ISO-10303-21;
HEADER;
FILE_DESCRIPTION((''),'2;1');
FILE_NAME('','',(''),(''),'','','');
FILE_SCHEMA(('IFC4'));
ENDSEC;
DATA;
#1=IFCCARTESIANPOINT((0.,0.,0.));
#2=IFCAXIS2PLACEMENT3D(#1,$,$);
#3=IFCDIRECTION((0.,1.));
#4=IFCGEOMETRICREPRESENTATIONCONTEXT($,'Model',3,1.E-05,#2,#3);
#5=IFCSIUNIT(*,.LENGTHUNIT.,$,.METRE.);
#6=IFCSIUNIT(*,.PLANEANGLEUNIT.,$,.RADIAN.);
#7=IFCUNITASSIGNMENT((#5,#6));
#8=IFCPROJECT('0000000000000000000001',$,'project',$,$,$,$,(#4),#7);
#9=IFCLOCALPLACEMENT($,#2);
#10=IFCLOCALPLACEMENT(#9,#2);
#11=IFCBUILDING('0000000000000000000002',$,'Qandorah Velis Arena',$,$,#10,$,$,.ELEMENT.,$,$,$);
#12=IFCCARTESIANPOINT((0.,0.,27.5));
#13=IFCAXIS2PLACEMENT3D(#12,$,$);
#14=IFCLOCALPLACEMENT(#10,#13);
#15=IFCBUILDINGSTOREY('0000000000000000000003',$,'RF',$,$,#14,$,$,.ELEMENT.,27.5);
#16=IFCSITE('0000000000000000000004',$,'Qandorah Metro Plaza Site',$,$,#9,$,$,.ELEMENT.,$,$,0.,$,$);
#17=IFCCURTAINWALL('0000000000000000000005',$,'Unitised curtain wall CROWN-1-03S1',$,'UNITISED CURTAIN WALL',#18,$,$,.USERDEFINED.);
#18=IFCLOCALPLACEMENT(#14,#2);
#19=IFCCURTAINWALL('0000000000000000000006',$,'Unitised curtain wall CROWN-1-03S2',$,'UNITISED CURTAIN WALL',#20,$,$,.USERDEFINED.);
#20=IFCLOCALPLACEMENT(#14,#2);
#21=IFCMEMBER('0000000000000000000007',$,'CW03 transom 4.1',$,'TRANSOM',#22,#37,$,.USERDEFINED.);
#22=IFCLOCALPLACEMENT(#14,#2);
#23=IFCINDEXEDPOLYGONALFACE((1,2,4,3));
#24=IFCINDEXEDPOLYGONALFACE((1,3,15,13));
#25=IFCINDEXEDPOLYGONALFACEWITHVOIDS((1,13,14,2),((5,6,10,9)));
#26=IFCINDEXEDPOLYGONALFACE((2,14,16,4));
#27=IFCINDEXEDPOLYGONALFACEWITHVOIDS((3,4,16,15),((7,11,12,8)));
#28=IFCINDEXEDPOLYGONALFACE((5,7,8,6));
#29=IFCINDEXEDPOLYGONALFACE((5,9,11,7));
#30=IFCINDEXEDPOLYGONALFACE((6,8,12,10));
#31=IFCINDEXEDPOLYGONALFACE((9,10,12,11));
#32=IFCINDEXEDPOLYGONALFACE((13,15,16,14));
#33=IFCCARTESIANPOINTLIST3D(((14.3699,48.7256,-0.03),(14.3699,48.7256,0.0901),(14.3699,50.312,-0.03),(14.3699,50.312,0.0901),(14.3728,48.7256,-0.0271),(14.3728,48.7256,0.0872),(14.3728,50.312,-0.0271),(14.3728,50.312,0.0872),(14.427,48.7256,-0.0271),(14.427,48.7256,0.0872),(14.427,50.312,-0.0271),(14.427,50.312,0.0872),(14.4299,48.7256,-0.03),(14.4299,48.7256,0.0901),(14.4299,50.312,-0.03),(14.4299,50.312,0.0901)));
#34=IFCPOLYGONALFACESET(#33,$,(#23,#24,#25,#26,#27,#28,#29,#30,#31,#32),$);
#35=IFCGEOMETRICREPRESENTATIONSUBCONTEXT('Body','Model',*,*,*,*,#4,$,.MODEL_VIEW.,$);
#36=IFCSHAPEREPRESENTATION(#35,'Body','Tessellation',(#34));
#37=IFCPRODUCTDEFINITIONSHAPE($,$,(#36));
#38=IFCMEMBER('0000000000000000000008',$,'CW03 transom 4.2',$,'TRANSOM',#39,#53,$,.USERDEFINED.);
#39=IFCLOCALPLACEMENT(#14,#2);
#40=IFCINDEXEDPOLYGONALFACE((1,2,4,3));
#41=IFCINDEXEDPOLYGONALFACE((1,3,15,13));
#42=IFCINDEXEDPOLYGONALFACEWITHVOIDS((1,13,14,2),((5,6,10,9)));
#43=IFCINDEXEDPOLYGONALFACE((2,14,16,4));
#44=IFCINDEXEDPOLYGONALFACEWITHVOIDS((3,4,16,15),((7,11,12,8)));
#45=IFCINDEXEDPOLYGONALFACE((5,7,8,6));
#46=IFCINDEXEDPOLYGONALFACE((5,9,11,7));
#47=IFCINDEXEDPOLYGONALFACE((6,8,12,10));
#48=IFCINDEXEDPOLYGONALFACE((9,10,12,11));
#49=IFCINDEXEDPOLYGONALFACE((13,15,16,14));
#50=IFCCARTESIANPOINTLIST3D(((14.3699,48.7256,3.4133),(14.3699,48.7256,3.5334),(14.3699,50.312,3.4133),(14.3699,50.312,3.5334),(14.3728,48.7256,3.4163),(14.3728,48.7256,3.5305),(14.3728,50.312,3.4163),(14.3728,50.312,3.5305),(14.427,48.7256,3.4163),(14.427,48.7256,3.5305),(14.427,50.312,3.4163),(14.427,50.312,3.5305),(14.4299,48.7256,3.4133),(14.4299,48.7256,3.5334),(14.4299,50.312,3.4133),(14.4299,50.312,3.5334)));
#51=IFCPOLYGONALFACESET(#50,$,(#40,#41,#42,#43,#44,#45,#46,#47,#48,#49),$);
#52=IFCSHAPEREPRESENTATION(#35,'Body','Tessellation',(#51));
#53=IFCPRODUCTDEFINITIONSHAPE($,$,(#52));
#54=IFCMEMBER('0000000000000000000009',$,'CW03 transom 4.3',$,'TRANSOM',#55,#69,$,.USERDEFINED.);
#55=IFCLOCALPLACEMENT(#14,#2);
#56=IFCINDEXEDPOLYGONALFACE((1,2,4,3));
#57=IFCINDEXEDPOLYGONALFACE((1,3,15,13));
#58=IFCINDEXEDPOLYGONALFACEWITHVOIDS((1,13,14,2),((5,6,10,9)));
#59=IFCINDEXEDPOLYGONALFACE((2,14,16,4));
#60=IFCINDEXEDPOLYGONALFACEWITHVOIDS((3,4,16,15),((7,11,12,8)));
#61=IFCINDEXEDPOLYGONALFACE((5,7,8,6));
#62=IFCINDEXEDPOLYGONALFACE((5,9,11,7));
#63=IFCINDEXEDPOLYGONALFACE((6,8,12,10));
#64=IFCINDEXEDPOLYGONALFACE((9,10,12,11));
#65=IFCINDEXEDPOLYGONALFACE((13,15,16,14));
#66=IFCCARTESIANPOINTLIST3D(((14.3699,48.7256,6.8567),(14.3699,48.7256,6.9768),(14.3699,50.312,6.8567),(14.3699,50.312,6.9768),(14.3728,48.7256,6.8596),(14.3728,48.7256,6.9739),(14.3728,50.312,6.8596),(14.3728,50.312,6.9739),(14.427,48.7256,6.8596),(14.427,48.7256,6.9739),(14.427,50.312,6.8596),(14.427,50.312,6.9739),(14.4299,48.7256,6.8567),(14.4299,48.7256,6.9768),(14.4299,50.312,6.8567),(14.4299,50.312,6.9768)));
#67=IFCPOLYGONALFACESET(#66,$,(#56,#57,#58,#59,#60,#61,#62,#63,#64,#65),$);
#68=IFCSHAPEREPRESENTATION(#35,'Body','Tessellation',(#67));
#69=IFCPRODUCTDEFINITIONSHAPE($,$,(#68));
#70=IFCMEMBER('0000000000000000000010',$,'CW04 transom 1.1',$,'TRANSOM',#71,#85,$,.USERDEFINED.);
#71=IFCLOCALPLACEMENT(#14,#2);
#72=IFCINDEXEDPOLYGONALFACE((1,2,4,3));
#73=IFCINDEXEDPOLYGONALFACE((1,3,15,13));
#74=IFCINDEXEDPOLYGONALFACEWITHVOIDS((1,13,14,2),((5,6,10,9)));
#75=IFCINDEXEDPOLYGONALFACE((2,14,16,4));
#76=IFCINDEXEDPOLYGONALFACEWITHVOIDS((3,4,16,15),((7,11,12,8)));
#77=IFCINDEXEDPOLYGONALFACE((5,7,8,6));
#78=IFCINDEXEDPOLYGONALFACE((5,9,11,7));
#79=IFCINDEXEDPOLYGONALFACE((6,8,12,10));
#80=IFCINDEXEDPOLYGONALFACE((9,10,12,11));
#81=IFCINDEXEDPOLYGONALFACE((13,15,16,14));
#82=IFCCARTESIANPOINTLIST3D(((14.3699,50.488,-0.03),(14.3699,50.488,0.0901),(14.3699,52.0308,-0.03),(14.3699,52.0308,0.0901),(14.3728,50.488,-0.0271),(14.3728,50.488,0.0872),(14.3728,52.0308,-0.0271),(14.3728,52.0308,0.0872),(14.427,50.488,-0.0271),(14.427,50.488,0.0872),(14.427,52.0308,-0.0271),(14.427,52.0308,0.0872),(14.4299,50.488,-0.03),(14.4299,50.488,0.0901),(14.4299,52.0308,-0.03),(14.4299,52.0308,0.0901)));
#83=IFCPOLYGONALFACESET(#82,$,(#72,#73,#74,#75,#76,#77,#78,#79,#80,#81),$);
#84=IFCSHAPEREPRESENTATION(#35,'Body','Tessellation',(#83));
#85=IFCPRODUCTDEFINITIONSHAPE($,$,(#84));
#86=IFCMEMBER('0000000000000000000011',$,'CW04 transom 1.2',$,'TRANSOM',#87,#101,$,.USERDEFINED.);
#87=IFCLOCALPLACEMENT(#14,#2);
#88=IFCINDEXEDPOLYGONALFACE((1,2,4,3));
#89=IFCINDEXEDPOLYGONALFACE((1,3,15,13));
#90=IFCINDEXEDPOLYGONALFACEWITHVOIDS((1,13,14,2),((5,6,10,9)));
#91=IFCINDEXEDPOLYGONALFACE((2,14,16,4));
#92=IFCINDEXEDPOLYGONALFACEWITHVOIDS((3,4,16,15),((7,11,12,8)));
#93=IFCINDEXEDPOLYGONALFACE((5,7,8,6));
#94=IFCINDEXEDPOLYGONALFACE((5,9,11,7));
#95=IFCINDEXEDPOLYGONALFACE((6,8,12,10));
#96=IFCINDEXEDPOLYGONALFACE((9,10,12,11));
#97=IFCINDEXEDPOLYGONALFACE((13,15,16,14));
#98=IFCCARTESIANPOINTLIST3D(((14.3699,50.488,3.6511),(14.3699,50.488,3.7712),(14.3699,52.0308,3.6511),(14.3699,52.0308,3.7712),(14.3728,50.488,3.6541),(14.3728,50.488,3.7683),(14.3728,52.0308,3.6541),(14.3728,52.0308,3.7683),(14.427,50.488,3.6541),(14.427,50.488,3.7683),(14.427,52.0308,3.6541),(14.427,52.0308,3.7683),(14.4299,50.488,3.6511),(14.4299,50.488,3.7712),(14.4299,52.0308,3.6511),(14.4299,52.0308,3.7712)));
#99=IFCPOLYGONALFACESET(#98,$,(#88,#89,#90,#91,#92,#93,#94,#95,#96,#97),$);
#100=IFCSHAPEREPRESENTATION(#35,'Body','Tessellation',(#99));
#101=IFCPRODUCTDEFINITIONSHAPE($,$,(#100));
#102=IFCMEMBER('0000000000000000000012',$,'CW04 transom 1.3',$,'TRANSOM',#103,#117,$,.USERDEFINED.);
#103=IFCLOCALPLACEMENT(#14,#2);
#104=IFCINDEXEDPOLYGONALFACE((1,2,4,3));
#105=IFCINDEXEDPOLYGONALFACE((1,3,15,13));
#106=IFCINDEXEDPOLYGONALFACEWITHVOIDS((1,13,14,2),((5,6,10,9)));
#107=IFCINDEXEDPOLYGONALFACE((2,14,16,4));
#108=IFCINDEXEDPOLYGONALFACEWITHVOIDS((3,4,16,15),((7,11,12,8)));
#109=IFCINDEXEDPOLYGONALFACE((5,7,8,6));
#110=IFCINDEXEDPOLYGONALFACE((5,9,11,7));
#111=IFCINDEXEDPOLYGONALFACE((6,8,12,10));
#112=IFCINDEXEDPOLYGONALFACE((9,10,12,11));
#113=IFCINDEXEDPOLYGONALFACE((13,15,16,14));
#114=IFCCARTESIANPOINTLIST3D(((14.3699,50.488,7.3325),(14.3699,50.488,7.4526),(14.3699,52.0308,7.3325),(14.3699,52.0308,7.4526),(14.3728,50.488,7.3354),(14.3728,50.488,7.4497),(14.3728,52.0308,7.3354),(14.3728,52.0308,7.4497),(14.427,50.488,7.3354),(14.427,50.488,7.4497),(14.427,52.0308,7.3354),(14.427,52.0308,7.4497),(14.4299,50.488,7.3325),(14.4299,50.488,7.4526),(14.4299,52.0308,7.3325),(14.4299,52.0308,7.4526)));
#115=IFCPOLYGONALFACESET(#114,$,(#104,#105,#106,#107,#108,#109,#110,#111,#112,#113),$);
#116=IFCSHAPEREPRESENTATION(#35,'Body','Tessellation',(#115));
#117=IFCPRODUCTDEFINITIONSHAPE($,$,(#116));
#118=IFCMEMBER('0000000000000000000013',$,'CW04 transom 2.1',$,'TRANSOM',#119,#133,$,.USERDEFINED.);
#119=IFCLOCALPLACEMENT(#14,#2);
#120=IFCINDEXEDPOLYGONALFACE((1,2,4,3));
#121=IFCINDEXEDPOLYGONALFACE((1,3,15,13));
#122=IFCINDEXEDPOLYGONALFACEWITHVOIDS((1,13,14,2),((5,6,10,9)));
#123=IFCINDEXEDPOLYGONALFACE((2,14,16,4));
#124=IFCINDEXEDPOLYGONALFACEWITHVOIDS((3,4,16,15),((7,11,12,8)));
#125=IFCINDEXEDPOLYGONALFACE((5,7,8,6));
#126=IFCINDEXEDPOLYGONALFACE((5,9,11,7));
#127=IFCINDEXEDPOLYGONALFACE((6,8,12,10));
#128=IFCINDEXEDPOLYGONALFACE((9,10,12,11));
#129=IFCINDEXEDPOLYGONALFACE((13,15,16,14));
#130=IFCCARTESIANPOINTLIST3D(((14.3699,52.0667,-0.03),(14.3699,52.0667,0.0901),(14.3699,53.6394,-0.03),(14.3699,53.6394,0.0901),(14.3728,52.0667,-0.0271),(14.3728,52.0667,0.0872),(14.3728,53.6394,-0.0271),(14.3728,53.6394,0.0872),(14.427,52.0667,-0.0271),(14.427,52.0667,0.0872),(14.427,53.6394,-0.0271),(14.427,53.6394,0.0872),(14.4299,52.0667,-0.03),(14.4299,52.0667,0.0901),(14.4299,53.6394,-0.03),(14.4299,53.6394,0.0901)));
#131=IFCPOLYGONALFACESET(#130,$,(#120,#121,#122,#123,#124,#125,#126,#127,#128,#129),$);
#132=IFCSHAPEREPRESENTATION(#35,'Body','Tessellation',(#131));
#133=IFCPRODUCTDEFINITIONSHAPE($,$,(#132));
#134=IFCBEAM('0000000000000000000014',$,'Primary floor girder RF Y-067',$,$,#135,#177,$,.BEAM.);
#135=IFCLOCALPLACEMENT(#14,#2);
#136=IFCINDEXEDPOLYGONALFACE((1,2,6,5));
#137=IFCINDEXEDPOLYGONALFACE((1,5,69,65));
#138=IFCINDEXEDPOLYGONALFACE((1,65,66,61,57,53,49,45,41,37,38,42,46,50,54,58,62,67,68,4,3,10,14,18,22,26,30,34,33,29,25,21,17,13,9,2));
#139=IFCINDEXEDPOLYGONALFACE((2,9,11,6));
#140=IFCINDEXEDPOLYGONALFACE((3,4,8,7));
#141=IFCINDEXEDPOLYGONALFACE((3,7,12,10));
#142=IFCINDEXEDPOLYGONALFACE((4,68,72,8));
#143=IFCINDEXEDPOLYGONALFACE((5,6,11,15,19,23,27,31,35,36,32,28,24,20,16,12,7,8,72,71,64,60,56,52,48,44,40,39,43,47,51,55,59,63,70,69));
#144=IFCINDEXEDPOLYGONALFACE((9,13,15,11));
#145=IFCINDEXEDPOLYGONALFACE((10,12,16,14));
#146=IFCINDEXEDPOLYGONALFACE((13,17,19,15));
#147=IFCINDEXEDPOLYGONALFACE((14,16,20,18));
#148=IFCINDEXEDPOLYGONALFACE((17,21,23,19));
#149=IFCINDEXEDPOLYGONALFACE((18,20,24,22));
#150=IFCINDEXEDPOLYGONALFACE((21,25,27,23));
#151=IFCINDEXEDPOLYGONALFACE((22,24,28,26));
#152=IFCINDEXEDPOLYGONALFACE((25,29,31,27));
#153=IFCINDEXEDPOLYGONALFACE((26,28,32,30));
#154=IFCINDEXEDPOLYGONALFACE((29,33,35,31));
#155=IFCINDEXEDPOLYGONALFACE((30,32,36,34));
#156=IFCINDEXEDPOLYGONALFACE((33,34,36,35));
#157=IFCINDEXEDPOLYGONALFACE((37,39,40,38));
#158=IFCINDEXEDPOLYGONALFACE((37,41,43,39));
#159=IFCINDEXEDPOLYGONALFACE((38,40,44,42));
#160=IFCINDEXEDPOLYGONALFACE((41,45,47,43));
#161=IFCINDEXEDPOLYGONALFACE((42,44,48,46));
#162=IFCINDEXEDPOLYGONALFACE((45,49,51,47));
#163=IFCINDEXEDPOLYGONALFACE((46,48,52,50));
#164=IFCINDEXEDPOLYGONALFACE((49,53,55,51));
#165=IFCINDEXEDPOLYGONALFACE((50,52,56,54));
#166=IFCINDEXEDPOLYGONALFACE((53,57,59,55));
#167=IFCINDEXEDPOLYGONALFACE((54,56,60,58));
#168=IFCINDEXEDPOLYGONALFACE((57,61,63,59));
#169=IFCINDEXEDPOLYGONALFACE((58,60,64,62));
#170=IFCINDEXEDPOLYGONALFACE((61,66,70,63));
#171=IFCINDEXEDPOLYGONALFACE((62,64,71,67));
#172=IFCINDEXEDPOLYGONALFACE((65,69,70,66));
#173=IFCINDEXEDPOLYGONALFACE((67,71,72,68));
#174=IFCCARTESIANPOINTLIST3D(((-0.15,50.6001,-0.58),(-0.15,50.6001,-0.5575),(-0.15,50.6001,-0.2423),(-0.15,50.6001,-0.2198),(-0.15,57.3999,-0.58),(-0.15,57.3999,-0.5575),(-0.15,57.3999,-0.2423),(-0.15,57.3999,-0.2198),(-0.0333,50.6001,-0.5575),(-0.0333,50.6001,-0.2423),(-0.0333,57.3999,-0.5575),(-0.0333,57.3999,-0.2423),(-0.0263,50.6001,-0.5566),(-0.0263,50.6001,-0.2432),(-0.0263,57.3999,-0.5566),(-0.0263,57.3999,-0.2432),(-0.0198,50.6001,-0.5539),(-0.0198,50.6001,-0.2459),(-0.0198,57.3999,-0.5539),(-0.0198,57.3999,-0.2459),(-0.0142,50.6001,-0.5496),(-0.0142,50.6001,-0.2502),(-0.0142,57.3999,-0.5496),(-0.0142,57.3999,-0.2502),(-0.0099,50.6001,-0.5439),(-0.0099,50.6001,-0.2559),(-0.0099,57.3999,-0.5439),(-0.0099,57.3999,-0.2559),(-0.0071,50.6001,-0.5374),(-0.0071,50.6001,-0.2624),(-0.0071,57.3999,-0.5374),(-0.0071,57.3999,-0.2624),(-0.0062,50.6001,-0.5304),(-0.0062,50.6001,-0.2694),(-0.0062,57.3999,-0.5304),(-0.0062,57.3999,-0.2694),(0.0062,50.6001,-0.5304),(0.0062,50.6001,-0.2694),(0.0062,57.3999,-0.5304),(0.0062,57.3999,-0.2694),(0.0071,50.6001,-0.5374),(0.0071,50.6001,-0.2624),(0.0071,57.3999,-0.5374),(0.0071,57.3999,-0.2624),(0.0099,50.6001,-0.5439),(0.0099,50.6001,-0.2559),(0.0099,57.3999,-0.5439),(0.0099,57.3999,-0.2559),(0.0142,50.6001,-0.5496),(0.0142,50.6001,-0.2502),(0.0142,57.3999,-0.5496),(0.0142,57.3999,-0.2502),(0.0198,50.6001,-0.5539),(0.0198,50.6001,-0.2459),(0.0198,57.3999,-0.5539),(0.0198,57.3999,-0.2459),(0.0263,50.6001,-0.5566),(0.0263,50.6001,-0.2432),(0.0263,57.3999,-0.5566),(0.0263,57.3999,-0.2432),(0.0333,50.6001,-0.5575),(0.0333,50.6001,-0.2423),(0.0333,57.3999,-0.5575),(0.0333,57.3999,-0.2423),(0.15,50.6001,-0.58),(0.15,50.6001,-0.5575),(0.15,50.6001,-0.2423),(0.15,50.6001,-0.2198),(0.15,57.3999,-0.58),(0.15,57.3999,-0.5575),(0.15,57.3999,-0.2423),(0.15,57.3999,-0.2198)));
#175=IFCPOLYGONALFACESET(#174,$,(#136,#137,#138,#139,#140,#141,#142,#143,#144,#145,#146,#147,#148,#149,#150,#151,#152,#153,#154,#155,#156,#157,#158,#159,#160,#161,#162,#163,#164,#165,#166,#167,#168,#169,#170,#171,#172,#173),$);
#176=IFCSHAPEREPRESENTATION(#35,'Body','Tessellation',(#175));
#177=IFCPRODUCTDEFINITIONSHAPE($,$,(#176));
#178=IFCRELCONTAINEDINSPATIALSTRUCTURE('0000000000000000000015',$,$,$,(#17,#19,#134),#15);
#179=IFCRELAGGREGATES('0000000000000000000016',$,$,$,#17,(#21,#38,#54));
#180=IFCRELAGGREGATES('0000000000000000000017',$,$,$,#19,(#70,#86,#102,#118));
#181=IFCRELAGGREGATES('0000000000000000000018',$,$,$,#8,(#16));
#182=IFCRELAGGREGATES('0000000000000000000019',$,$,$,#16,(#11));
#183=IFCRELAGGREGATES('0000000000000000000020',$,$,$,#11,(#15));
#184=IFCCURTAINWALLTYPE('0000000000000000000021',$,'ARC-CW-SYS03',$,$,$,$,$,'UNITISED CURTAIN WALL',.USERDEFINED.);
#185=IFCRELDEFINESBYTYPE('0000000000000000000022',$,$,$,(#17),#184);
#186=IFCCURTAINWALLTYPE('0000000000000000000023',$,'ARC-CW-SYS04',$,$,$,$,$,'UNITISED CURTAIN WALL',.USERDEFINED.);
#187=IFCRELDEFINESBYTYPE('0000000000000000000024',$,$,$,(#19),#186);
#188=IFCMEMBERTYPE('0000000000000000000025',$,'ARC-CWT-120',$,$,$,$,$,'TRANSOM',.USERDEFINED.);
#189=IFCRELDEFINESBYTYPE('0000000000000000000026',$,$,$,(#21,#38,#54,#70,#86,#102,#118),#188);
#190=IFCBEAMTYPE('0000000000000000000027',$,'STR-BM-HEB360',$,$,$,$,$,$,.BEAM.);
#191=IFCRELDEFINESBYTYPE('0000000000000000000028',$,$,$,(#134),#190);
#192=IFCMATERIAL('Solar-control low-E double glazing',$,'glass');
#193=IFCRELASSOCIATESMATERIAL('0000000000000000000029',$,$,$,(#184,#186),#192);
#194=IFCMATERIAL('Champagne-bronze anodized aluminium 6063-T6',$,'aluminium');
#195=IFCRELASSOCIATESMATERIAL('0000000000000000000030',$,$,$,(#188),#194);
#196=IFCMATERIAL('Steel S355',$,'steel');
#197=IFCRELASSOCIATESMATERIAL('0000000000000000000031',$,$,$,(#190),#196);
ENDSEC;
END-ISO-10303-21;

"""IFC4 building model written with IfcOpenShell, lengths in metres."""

from ifc_helpers import new_model, si_unit, direction, frame, origin, origin_2d, place, context, subcontext, project, spatial, hollow_rectangle, i_section, extrude, material, material_profile, profile_set, type_object, element, aggregate, save


model = new_model("IFC4")

# Units and contexts
model_context = context("Model", 3, precision=1e-05, world=origin(), true_north=direction((0.0, 1.0)))
body_context = subcontext(model_context, "Body", "Model", "MODEL_VIEW")
ifc_project = project(units=[si_unit("LENGTHUNIT", "METRE"), si_unit("PLANEANGLEUNIT", "RADIAN")], contexts=[model_context])

# Site, building, storey
site_placement = place(None, origin())
site = spatial("IfcSite", under=ifc_project, at=site_placement, Name="Qandorah Metro Plaza Site", CompositionType="ELEMENT", RefElevation=0.0)
building_placement = place(site_placement, origin())
building = spatial("IfcBuilding", under=site, at=building_placement, Name="Qandorah Velis Arena", CompositionType="ELEMENT")
storey_placement = place(building_placement, frame((0.0, 0.0, 27.5)))
storey = spatial("IfcBuildingStorey", under=building, at=storey_placement, Name="RF", CompositionType="ELEMENT", Elevation=27.5)

# Curtain walls
ifc_material_1 = material(Name="Solar-control low-E double glazing", Category="glass")
curtain_wall_type_1 = type_object("IfcCurtainWallType", Name="ARC-CW-SYS03", ElementType="UNITISED CURTAIN WALL", PredefinedType="USERDEFINED", material=ifc_material_1)
curtain_wall_1_placement = place(storey_placement, origin())
curtain_wall_1 = element("IfcCurtainWall", 1, at=curtain_wall_1_placement, inside=storey, type_object=curtain_wall_type_1, Name="Unitised curtain wall CROWN-1-03S1", ObjectType="UNITISED CURTAIN WALL", PredefinedType="USERDEFINED")
ifc_material_2 = material(Name="Champagne-bronze anodized aluminium 6063-T6", Category="aluminium")
curtain_wall_type_2 = type_object("IfcCurtainWallType", Name="ARC-CW-SYS04", ElementType="UNITISED CURTAIN WALL", PredefinedType="USERDEFINED", material=ifc_material_1)
curtain_wall_2_placement = place(storey_placement, origin())
curtain_wall_2 = element("IfcCurtainWall", 2, at=curtain_wall_2_placement, inside=storey, type_object=curtain_wall_type_2, Name="Unitised curtain wall CROWN-1-03S2", ObjectType="UNITISED CURTAIN WALL", PredefinedType="USERDEFINED")

# Members
ifc_material_profile_1 = material_profile(ifc_material_2, hollow_rectangle(XDim=0.0601, YDim=0.1201, WallThickness=0.0029, at=origin_2d()), Name="ALU TRANSOM 60x120")
ifc_profile_set_1 = profile_set([ifc_material_profile_1], Name="Champagne-bronze anodized aluminium 6063-T6")
member_type_1 = type_object("IfcMemberType", Name="ARC-CWT-120", ElementType="TRANSOM", PredefinedType="USERDEFINED", material=ifc_profile_set_1)
member_1_placement = place(storey_placement, frame((14.3999, 48.7256, 0.03), z_axis=(0.0, 1.0, 0.0), x_axis=(-1.0, 0.0, 0.0)))
member_1 = element("IfcMember", 3, at=member_1_placement, type_object=member_type_1, Name="CW03 transom 4.1", ObjectType="TRANSOM", PredefinedType="USERDEFINED", context=body_context, shape_type="SweptSolid", body=[
    extrude(hollow_rectangle(XDim=0.0601, YDim=0.1201, WallThickness=0.0029, at=origin_2d()), origin(), (0.0, 0.0, 1.0), 1.5864),
])
member_2_placement = place(storey_placement, frame((14.3999, 48.7256, 3.4734), z_axis=(0.0, 1.0, 0.0), x_axis=(-1.0, 0.0, 0.0)))
member_2 = element("IfcMember", 4, at=member_2_placement, type_object=member_type_1, Name="CW03 transom 4.2", ObjectType="TRANSOM", PredefinedType="USERDEFINED", context=body_context, shape_type="SweptSolid", body=[
    extrude(hollow_rectangle(XDim=0.0601, YDim=0.1201, WallThickness=0.0029, at=origin_2d()), origin(), (0.0, 0.0, 1.0), 1.5864),
])
member_3_placement = place(storey_placement, frame((14.3999, 48.7256, 6.9167), z_axis=(0.0, 1.0, 0.0), x_axis=(-1.0, 0.0, 0.0)))
member_3 = element("IfcMember", 5, at=member_3_placement, type_object=member_type_1, Name="CW03 transom 4.3", ObjectType="TRANSOM", PredefinedType="USERDEFINED", context=body_context, shape_type="SweptSolid", body=[
    extrude(hollow_rectangle(XDim=0.0601, YDim=0.1201, WallThickness=0.0029, at=origin_2d()), origin(), (0.0, 0.0, 1.0), 1.5864),
])
member_4_placement = place(storey_placement, frame((14.3999, 50.488, 0.03), z_axis=(0.0, 1.0, 0.0), x_axis=(-1.0, 0.0, 0.0)))
member_4 = element("IfcMember", 6, at=member_4_placement, type_object=member_type_1, Name="CW04 transom 1.1", ObjectType="TRANSOM", PredefinedType="USERDEFINED", context=body_context, shape_type="SweptSolid", body=[
    extrude(hollow_rectangle(XDim=0.0601, YDim=0.1201, WallThickness=0.0029, at=origin_2d()), origin(), (0.0, 0.0, 1.0), 1.5427),
])
member_5_placement = place(storey_placement, frame((14.3999, 50.488, 3.7112), z_axis=(0.0, 1.0, 0.0), x_axis=(-1.0, 0.0, 0.0)))
member_5 = element("IfcMember", 7, at=member_5_placement, type_object=member_type_1, Name="CW04 transom 1.2", ObjectType="TRANSOM", PredefinedType="USERDEFINED", context=body_context, shape_type="SweptSolid", body=[
    extrude(hollow_rectangle(XDim=0.0601, YDim=0.1201, WallThickness=0.0029, at=origin_2d()), origin(), (0.0, 0.0, 1.0), 1.5427),
])
member_6_placement = place(storey_placement, frame((14.3999, 50.488, 7.3926), z_axis=(0.0, 1.0, 0.0), x_axis=(-1.0, 0.0, 0.0)))
member_6 = element("IfcMember", 8, at=member_6_placement, type_object=member_type_1, Name="CW04 transom 1.3", ObjectType="TRANSOM", PredefinedType="USERDEFINED", context=body_context, shape_type="SweptSolid", body=[
    extrude(hollow_rectangle(XDim=0.0601, YDim=0.1201, WallThickness=0.0029, at=origin_2d()), origin(), (0.0, 0.0, 1.0), 1.5427),
])
member_7_placement = place(storey_placement, frame((14.3999, 52.0667, 0.03), z_axis=(0.0, 1.0, 0.0), x_axis=(-1.0, 0.0, 0.0)))
member_7 = element("IfcMember", 9, at=member_7_placement, type_object=member_type_1, Name="CW04 transom 2.1", ObjectType="TRANSOM", PredefinedType="USERDEFINED", context=body_context, shape_type="SweptSolid", body=[
    extrude(hollow_rectangle(XDim=0.0601, YDim=0.1201, WallThickness=0.0029, at=origin_2d()), origin(), (0.0, 0.0, 1.0), 1.5728),
])

# Beam
ifc_material_3 = material(Name="Steel S355", Category="steel")
ifc_material_profile_2 = material_profile(ifc_material_3, i_section(OverallWidth=0.3, OverallDepth=0.3601, WebThickness=0.0125, FlangeThickness=0.0225, FilletRadius=0.0271, at=origin_2d()), Name="HEB 360")
ifc_profile_set_2 = profile_set([ifc_material_profile_2], Name="Steel S355")
beam_type_1 = type_object("IfcBeamType", Name="STR-BM-HEB360", PredefinedType="BEAM", material=ifc_profile_set_2)
for number, where, z_axis, x_axis, name in (
    (10, (0.0, 50.6001, -0.3999), (0.0, 1.0, 0.0), (-1.0, 0.0, 0.0), "Primary floor girder RF Y-067"),
):
    element("IfcBeam", number, at=place(storey_placement, frame(where, z_axis=z_axis, x_axis=x_axis)), inside=storey, type_object=beam_type_1, Name=name, PredefinedType="BEAM", context=body_context, shape_type="SweptSolid", body=[
        extrude(i_section(OverallWidth=0.3, OverallDepth=0.3601, WebThickness=0.0125, FlangeThickness=0.0225, FilletRadius=0.0271, at=origin_2d()), origin(), (0.0, 0.0, 1.0), 6.7998),
    ])

aggregate(curtain_wall_1, [member_1, member_2, member_3])
aggregate(curtain_wall_2, [member_4, member_5, member_6, member_7])

save(model, "model.ifc")
